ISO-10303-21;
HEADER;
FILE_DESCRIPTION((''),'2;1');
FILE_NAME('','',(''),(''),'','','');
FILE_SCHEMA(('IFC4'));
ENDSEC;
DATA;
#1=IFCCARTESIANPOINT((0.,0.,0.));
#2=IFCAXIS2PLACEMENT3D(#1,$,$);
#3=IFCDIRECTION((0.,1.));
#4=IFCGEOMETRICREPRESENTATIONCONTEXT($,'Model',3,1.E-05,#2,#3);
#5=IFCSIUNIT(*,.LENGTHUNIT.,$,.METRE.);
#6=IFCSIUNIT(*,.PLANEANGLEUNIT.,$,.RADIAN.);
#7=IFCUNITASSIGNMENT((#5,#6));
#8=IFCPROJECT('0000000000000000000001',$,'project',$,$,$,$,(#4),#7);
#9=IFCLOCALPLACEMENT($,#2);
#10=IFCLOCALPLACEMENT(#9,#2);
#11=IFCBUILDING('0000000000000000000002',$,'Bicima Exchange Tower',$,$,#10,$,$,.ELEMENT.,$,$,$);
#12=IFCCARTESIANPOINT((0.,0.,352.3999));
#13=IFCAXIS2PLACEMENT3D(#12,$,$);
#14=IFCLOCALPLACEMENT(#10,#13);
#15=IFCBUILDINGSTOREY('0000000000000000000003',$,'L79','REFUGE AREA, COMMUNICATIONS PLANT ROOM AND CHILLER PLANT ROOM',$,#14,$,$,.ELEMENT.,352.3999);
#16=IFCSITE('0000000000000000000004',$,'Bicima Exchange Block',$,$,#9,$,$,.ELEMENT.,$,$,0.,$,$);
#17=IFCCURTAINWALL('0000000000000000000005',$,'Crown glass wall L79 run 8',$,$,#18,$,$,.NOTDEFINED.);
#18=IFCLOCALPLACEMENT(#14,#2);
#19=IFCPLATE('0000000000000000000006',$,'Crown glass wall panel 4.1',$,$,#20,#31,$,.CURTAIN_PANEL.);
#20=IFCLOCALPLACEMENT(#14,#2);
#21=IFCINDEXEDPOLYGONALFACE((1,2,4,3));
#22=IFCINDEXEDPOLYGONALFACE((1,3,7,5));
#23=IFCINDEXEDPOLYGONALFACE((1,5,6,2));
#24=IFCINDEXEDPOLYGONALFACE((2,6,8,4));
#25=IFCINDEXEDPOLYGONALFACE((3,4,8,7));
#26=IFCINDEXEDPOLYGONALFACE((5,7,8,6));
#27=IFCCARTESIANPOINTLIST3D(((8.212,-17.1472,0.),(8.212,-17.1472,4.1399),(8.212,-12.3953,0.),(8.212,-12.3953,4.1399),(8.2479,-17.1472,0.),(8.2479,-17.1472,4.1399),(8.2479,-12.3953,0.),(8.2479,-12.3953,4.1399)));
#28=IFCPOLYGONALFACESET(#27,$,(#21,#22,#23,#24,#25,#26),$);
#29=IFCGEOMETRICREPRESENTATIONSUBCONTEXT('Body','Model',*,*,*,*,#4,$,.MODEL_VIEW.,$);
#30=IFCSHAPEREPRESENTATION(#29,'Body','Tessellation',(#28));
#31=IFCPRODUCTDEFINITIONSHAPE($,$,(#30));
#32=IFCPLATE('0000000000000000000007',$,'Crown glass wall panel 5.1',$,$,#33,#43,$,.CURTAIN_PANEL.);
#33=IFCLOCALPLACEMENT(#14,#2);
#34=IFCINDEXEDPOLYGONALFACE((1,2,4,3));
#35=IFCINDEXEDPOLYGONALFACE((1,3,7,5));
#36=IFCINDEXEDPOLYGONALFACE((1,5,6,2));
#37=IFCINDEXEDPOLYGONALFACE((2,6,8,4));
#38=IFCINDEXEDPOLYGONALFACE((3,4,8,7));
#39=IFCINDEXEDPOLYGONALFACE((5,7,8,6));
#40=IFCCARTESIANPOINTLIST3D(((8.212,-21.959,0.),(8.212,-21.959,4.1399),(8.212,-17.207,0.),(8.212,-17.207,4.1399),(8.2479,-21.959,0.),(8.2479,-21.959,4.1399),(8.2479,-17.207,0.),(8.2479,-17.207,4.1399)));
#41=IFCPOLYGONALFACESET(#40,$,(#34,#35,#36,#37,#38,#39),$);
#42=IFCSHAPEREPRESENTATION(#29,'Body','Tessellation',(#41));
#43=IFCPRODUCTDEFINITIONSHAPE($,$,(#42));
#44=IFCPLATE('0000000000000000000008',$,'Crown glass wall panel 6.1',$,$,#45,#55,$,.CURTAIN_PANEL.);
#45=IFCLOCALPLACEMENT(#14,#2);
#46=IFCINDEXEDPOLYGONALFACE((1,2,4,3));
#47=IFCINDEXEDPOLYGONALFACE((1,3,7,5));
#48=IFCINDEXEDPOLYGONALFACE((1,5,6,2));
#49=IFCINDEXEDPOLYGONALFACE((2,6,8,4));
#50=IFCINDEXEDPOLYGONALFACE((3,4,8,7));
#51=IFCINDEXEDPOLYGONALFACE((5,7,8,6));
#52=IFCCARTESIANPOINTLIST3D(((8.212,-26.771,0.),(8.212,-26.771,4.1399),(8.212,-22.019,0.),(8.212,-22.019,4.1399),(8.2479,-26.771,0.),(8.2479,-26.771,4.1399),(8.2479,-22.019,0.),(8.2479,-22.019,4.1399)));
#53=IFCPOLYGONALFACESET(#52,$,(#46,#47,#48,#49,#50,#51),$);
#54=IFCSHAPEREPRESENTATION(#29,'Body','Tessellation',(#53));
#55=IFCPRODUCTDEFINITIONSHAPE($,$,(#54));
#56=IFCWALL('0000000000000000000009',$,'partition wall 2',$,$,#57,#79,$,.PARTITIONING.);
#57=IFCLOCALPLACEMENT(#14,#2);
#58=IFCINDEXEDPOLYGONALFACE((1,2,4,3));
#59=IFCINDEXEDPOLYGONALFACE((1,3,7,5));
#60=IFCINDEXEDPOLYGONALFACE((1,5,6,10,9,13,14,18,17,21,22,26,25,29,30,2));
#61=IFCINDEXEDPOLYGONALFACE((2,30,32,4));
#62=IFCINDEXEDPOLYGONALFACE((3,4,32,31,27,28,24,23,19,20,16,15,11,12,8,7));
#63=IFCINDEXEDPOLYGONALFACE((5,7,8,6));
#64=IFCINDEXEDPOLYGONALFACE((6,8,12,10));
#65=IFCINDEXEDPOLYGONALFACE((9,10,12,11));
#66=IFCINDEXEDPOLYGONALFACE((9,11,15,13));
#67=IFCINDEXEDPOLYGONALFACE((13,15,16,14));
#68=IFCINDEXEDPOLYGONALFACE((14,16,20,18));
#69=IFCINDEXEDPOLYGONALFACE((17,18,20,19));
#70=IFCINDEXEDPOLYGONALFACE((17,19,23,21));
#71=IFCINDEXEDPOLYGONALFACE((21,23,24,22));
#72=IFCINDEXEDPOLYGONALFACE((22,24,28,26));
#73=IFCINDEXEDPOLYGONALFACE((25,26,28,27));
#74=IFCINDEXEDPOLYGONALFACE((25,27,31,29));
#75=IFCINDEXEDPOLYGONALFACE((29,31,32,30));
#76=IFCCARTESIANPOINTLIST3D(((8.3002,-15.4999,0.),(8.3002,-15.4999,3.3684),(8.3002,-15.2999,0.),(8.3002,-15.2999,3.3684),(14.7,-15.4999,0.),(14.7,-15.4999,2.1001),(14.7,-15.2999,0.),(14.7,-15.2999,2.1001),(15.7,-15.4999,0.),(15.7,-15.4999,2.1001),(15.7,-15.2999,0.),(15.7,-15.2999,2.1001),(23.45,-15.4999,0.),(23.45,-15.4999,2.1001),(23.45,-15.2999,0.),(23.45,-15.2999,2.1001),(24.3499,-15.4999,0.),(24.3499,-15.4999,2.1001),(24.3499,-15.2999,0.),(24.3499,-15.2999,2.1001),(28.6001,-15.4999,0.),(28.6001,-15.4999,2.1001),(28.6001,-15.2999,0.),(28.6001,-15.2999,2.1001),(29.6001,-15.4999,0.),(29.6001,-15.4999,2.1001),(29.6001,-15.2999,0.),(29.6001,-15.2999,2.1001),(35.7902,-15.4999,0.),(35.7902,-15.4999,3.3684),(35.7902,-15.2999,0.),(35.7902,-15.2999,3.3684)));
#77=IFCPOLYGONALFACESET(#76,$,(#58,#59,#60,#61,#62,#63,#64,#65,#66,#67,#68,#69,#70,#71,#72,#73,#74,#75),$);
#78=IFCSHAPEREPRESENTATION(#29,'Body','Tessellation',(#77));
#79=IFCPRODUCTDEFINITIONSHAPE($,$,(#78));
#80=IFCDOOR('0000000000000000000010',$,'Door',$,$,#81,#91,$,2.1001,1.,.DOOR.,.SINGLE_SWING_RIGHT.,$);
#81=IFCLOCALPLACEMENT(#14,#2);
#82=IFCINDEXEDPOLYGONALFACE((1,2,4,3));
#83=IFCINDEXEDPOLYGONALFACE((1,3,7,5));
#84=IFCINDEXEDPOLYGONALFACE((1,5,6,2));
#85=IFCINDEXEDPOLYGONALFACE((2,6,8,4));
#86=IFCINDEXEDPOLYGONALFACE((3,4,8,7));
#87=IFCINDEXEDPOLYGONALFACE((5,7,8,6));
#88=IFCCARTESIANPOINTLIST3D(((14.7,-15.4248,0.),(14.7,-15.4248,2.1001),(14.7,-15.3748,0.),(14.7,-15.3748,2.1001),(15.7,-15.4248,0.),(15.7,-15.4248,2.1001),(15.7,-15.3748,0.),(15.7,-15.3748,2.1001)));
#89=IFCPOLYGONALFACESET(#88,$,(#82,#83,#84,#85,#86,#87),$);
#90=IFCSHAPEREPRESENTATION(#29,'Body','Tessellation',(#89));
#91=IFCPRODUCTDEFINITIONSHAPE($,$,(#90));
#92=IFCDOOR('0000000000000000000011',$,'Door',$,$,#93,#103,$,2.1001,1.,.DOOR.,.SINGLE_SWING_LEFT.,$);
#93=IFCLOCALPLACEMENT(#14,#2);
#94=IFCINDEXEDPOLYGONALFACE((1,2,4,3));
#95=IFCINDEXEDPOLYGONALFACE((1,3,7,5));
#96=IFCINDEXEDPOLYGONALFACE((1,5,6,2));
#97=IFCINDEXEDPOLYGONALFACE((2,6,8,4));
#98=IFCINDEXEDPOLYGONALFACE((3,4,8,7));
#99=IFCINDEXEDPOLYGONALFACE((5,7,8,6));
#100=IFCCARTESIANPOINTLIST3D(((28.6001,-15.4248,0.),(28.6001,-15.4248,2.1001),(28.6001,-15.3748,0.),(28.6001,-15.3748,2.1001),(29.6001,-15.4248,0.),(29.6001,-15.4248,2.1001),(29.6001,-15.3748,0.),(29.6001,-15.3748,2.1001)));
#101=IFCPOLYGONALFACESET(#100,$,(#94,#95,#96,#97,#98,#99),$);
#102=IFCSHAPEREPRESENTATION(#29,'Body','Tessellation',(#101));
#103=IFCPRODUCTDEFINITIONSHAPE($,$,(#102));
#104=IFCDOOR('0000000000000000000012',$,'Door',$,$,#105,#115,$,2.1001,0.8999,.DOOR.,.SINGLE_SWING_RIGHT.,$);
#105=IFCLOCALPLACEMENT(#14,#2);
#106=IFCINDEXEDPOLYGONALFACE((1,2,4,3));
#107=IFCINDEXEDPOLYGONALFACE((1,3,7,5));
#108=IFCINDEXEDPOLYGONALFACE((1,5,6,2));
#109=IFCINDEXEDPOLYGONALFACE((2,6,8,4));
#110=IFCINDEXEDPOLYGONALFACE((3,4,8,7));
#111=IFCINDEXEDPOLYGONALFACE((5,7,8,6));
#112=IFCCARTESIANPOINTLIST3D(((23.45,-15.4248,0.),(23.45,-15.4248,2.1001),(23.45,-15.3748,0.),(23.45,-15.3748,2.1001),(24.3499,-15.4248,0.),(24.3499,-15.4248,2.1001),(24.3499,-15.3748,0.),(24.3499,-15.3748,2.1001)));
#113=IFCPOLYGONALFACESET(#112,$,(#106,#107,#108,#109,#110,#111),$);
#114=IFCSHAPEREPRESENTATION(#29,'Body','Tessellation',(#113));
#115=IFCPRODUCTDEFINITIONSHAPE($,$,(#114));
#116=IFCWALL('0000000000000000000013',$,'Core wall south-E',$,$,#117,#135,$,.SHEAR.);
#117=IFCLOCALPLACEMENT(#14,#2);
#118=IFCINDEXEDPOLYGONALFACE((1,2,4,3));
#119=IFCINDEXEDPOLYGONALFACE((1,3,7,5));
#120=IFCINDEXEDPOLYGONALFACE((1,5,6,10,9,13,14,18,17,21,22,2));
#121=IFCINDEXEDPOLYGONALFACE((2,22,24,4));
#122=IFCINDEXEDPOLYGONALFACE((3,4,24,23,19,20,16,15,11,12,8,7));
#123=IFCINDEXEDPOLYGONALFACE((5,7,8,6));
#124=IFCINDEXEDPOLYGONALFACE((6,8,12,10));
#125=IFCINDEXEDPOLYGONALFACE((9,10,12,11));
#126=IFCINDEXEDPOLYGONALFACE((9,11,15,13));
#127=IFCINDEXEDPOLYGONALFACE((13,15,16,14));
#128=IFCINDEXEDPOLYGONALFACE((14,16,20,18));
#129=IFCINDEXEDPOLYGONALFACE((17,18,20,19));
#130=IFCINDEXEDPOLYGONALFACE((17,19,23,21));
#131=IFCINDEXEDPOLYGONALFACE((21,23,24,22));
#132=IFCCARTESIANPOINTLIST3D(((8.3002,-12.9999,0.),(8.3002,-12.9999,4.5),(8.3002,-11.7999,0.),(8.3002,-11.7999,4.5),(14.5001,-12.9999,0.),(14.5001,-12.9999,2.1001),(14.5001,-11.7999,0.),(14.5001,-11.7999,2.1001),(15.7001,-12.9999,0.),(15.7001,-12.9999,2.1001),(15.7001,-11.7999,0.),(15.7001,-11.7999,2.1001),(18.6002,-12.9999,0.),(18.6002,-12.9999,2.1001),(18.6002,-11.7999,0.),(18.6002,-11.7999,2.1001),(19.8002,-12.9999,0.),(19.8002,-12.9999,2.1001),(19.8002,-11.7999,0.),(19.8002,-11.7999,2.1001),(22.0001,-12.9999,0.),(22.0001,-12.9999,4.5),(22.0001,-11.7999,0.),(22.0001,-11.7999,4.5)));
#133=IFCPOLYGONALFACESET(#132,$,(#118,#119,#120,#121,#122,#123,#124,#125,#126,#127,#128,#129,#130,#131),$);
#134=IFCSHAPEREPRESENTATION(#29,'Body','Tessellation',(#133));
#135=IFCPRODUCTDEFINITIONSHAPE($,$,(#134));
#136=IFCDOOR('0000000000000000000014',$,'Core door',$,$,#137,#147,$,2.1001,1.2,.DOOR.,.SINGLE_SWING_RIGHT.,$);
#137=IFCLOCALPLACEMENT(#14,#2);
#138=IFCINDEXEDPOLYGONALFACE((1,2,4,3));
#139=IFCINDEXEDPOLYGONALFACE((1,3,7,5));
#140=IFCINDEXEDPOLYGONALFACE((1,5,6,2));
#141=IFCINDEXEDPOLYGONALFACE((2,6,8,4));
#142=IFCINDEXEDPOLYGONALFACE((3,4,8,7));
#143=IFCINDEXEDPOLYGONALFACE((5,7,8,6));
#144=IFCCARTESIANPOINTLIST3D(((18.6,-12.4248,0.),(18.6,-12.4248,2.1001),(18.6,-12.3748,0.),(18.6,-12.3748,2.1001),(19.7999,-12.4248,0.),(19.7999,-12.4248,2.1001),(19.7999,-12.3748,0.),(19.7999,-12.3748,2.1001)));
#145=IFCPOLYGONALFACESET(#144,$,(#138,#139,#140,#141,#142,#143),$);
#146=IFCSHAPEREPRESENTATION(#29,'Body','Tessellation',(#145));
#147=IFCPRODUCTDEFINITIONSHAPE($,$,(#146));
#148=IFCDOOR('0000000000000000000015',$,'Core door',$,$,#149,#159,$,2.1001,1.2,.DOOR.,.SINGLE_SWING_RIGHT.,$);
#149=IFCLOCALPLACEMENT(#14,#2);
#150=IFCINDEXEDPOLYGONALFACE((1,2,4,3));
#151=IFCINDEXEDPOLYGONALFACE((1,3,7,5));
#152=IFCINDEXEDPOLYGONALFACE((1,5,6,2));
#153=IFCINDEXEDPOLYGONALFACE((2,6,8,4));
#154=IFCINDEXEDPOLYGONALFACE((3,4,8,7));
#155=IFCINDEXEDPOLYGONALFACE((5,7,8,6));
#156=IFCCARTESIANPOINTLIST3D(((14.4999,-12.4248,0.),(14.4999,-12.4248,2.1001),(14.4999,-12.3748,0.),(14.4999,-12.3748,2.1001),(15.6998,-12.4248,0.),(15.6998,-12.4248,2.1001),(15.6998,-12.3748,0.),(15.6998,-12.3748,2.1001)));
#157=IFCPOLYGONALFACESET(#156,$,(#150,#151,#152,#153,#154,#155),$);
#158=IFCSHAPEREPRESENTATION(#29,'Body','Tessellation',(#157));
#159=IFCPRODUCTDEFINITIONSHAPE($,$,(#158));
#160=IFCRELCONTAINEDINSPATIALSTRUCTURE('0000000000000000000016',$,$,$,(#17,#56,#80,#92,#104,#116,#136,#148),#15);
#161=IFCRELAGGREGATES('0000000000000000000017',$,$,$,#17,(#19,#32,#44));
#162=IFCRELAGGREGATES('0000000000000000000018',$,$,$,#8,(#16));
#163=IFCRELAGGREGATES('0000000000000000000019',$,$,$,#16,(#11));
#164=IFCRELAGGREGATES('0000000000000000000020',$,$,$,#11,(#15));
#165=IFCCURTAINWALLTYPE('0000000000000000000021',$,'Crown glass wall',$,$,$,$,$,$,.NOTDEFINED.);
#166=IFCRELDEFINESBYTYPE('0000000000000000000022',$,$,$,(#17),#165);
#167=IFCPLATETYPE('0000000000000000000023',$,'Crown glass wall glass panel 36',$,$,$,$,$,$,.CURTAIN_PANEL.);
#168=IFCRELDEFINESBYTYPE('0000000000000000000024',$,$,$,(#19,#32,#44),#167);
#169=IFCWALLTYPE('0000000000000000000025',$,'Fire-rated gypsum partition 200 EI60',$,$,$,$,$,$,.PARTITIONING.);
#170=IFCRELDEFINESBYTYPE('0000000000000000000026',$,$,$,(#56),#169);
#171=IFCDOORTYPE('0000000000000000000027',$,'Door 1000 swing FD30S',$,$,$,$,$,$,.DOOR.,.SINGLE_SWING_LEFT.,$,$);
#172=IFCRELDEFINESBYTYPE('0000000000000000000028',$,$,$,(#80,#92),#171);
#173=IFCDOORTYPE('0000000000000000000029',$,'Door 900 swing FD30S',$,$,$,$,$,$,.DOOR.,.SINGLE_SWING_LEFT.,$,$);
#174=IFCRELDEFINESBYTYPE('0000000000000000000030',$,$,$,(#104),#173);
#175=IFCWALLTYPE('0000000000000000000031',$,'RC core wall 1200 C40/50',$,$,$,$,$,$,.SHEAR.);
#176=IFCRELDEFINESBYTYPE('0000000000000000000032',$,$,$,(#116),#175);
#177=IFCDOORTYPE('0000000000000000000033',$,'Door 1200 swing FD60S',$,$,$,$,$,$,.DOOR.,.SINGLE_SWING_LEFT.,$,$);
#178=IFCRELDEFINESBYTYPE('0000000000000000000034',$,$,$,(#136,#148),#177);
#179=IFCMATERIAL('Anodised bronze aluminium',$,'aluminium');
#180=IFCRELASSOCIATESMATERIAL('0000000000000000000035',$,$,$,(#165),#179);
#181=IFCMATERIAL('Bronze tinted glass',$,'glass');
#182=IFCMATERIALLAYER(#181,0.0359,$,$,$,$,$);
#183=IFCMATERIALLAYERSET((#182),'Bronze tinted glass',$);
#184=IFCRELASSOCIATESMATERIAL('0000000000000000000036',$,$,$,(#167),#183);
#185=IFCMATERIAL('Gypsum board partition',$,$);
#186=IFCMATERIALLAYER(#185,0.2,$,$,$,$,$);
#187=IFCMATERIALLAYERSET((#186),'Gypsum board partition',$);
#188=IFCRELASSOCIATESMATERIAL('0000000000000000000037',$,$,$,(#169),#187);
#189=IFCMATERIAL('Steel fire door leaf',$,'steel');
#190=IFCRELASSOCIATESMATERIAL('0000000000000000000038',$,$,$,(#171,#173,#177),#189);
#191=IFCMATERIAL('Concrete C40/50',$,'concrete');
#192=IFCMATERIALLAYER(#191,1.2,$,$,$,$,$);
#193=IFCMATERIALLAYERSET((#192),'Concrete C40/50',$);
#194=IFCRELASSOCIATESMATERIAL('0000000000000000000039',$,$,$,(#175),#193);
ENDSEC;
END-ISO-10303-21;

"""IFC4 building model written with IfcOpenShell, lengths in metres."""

from ifc_helpers import new_model, si_unit, direction, frame, frame_2d, origin, origin_2d, place, context, subcontext, project, spatial, rectangle, extrude, material, layer, layer_set, type_object, element, fill, aggregate, save


model = new_model("IFC4")

# Units and contexts
model_context = context("Model", 3, precision=1e-05, world=origin(), true_north=direction((0.0, 1.0)))
body_context = subcontext(model_context, "Body", "Model", "MODEL_VIEW")
ifc_project = project(units=[si_unit("LENGTHUNIT", "METRE"), si_unit("PLANEANGLEUNIT", "RADIAN")], contexts=[model_context])

# Site, building, storey
site_placement = place(None, origin())
site = spatial("IfcSite", under=ifc_project, at=site_placement, Name="Bicima Exchange Block", CompositionType="ELEMENT", RefElevation=0.0)
building_placement = place(site_placement, origin())
building = spatial("IfcBuilding", under=site, at=building_placement, Name="Bicima Exchange Tower", CompositionType="ELEMENT")
storey_placement = place(building_placement, frame((0.0, 0.0, 352.3999)))
storey = spatial("IfcBuildingStorey", under=building, at=storey_placement, Name="L79", Description="REFUGE AREA, COMMUNICATIONS PLANT ROOM AND CHILLER PLANT ROOM", CompositionType="ELEMENT", Elevation=352.3999)

# Curtain wall
ifc_material_1 = material(Name="Anodised bronze aluminium", Category="aluminium")
curtain_wall_type = type_object("IfcCurtainWallType", Name="Crown glass wall", PredefinedType="NOTDEFINED", material=ifc_material_1)
curtain_wall_1_placement = place(storey_placement, origin())
curtain_wall_1 = element("IfcCurtainWall", 1, at=curtain_wall_1_placement, inside=storey, type_object=curtain_wall_type, Name="Crown glass wall L79 run 8", PredefinedType="NOTDEFINED")

# Plates
ifc_material_2 = material(Name="Bronze tinted glass", Category="glass")
ifc_layer_1 = layer(ifc_material_2, 0.0359)
ifc_layer_set_1 = layer_set([ifc_layer_1], Name="Bronze tinted glass")
plate_type = type_object("IfcPlateType", Name="Crown glass wall glass panel 36", PredefinedType="CURTAIN_PANEL", material=ifc_layer_set_1)
plate_1_placement = place(storey_placement, frame((8.23, -14.7712, 0.0), z_axis=(0.0, 0.0, 1.0), x_axis=(0.0, -1.0, 0.0)))
plate_1 = element("IfcPlate", 2, at=plate_1_placement, type_object=plate_type, Name="Crown glass wall panel 4.1", PredefinedType="CURTAIN_PANEL", context=body_context, shape_type="SweptSolid", body=[
    extrude(rectangle(XDim=4.752, YDim=0.0359, at=origin_2d()), origin(), (0.0, 0.0, 1.0), 4.1399),
])
plate_2_placement = place(storey_placement, frame((8.23, -19.583, 0.0), z_axis=(0.0, 0.0, 1.0), x_axis=(0.0, -1.0, 0.0)))
plate_2 = element("IfcPlate", 3, at=plate_2_placement, type_object=plate_type, Name="Crown glass wall panel 5.1", PredefinedType="CURTAIN_PANEL", context=body_context, shape_type="SweptSolid", body=[
    extrude(rectangle(XDim=4.752, YDim=0.0359, at=origin_2d()), origin(), (0.0, 0.0, 1.0), 4.1399),
])
plate_3_placement = place(storey_placement, frame((8.23, -24.395, 0.0), z_axis=(0.0, 0.0, 1.0), x_axis=(0.0, -1.0, 0.0)))
plate_3 = element("IfcPlate", 4, at=plate_3_placement, type_object=plate_type, Name="Crown glass wall panel 6.1", PredefinedType="CURTAIN_PANEL", context=body_context, shape_type="SweptSolid", body=[
    extrude(rectangle(XDim=4.752, YDim=0.0359, at=origin_2d()), origin(), (0.0, 0.0, 1.0), 4.1399),
])
aggregate(curtain_wall_1, [plate_1, plate_2, plate_3])

# Walls, openings, doors
ifc_material_3 = material(Name="Gypsum board partition")
ifc_layer_2 = layer(ifc_material_3, 0.2)
ifc_layer_set_2 = layer_set([ifc_layer_2], Name="Gypsum board partition")
wall_type_1 = type_object("IfcWallType", Name="Fire-rated gypsum partition 200 EI60", PredefinedType="PARTITIONING", material=ifc_layer_set_2)
wall_1_placement = place(storey_placement, frame((8.3, -15.3999, 0.0), z_axis=(0.0, 0.0, 1.0), x_axis=(1.0, 0.0, 0.0)))
wall_1 = element("IfcWall", 5, at=wall_1_placement, inside=storey, type_object=wall_type_1, Name="partition wall 2", PredefinedType="PARTITIONING", context=body_context, shape_type="SweptSolid", body=[
    extrude(rectangle(XDim=27.49, YDim=0.2, at=frame_2d((13.7451, 0.0))), origin(), (0.0, 0.0, 1.0), 3.3684),
])
opening_1_placement = place(wall_1_placement, frame((6.3999, 0.0, 0.0)))
opening_1 = element("IfcOpeningElement", 6, at=opening_1_placement, cuts=wall_1, PredefinedType="OPENING", context=body_context, shape_type="SweptSolid", body=[
    extrude(rectangle(XDim=1.0, YDim=2.1001, at=frame_2d((0.5, 1.05))), frame((0.0, 0.1118, 0.0), z_axis=(0.0, -1.0, 0.0), x_axis=(1.0, 0.0, 0.0)), (0.0, 0.0, 1.0), 0.2239),
])
opening_2_placement = place(wall_1_placement, frame((15.1499, 0.0, 0.0)))
opening_2 = element("IfcOpeningElement", 7, at=opening_2_placement, cuts=wall_1, PredefinedType="OPENING", context=body_context, shape_type="SweptSolid", body=[
    extrude(rectangle(XDim=0.8999, YDim=2.1001, at=frame_2d((0.45, 1.05))), frame((0.0, 0.1118, 0.0), z_axis=(0.0, -1.0, 0.0), x_axis=(1.0, 0.0, 0.0)), (0.0, 0.0, 1.0), 0.2239),
])
opening_3_placement = place(wall_1_placement, frame((20.3, 0.0, 0.0)))
opening_3 = element("IfcOpeningElement", 8, at=opening_3_placement, cuts=wall_1, PredefinedType="OPENING", context=body_context, shape_type="SweptSolid", body=[
    extrude(rectangle(XDim=1.0, YDim=2.1001, at=frame_2d((0.5, 1.05))), frame((0.0, 0.1118, 0.0), z_axis=(0.0, -1.0, 0.0), x_axis=(1.0, 0.0, 0.0)), (0.0, 0.0, 1.0), 0.2239),
])
ifc_material_4 = material(Name="Steel fire door leaf", Category="steel")
door_type_1 = type_object("IfcDoorType", Name="Door 1000 swing FD30S", OperationType="SINGLE_SWING_LEFT", PredefinedType="DOOR", material=ifc_material_4)
door_1_placement = place(opening_1_placement, frame((1.0, 0.0, 0.0), z_axis=(0.0, 0.0, 1.0), x_axis=(-1.0, 0.0, 0.0)))
door_1 = element("IfcDoor", 9, at=door_1_placement, inside=storey, type_object=door_type_1, Name="Door", OperationType="SINGLE_SWING_RIGHT", OverallHeight=2.1001, OverallWidth=1.0, PredefinedType="DOOR", context=body_context, shape_type="SweptSolid", body=[
    extrude(rectangle(XDim=1.0, YDim=2.1001, at=frame_2d((0.5, 1.05))), frame((0.0, 0.0249, 0.0), z_axis=(0.0, -1.0, 0.0), x_axis=(1.0, 0.0, 0.0)), (0.0, 0.0, 1.0), 0.05),
])
fill(opening_1, door_1)
door_2_placement = place(opening_3_placement, frame((1.0, 0.0, 0.0), z_axis=(0.0, 0.0, 1.0), x_axis=(-1.0, 0.0, 0.0)))
door_2 = element("IfcDoor", 10, at=door_2_placement, inside=storey, type_object=door_type_1, Name="Door", OperationType="SINGLE_SWING_LEFT", OverallHeight=2.1001, OverallWidth=1.0, PredefinedType="DOOR", context=body_context, shape_type="SweptSolid", body=[
    extrude(rectangle(XDim=1.0, YDim=2.1001, at=frame_2d((0.5, 1.05))), frame((0.0, 0.0249, 0.0), z_axis=(0.0, -1.0, 0.0), x_axis=(1.0, 0.0, 0.0)), (0.0, 0.0, 1.0), 0.05),
])
fill(opening_3, door_2)
door_type_2 = type_object("IfcDoorType", Name="Door 900 swing FD30S", OperationType="SINGLE_SWING_LEFT", PredefinedType="DOOR", material=ifc_material_4)
door_3_placement = place(opening_2_placement, frame((0.8999, 0.0, 0.0), z_axis=(0.0, 0.0, 1.0), x_axis=(-1.0, 0.0, 0.0)))
door_3 = element("IfcDoor", 11, at=door_3_placement, inside=storey, type_object=door_type_2, Name="Door", OperationType="SINGLE_SWING_RIGHT", OverallHeight=2.1001, OverallWidth=0.8999, PredefinedType="DOOR", context=body_context, shape_type="SweptSolid", body=[
    extrude(rectangle(XDim=0.8999, YDim=2.1001, at=frame_2d((0.45, 1.05))), frame((0.0, 0.0249, 0.0), z_axis=(0.0, -1.0, 0.0), x_axis=(1.0, 0.0, 0.0)), (0.0, 0.0, 1.0), 0.05),
])
fill(opening_2, door_3)
ifc_material_5 = material(Name="Concrete C40/50", Category="concrete")
ifc_layer_3 = layer(ifc_material_5, 1.2)
ifc_layer_set_3 = layer_set([ifc_layer_3], Name="Concrete C40/50")
wall_type_2 = type_object("IfcWallType", Name="RC core wall 1200 C40/50", PredefinedType="SHEAR", material=ifc_layer_set_3)
wall_2_placement = place(storey_placement, frame((8.3, -12.3999, 0.0), z_axis=(0.0, 0.0, 1.0), x_axis=(1.0, 0.0, 0.0)))
wall_2 = element("IfcWall", 12, at=wall_2_placement, inside=storey, type_object=wall_type_2, Name="Core wall south-E", PredefinedType="SHEAR", context=body_context, shape_type="SweptSolid", body=[
    extrude(rectangle(XDim=13.7, YDim=1.2, at=frame_2d((6.8501, 0.0))), origin(), (0.0, 0.0, 1.0), 4.5),
])
opening_4_placement = place(wall_2_placement, frame((10.3, 0.0, 0.0)))
opening_4 = element("IfcOpeningElement", 13, at=opening_4_placement, cuts=wall_2, PredefinedType="OPENING", context=body_context, shape_type="SweptSolid", body=[
    extrude(rectangle(XDim=1.2, YDim=2.1001, at=frame_2d((0.6001, 1.05))), frame((0.0, 0.6118, 0.0), z_axis=(0.0, -1.0, 0.0), x_axis=(1.0, 0.0, 0.0)), (0.0, 0.0, 1.0), 1.2239),
])
opening_5_placement = place(wall_2_placement, frame((6.2, 0.0, 0.0)))
opening_5 = element("IfcOpeningElement", 14, at=opening_5_placement, cuts=wall_2, PredefinedType="OPENING", context=body_context, shape_type="SweptSolid", body=[
    extrude(rectangle(XDim=1.2, YDim=2.1001, at=frame_2d((0.6001, 1.05))), frame((0.0, 0.6118, 0.0), z_axis=(0.0, -1.0, 0.0), x_axis=(1.0, 0.0, 0.0)), (0.0, 0.0, 1.0), 1.2239),
])
door_type_3 = type_object("IfcDoorType", Name="Door 1200 swing FD60S", OperationType="SINGLE_SWING_LEFT", PredefinedType="DOOR", material=ifc_material_4)
door_4_placement = place(opening_4_placement, frame((1.2, 0.0, 0.0), z_axis=(0.0, 0.0, 1.0), x_axis=(-1.0, 0.0, 0.0)))
door_4 = element("IfcDoor", 15, at=door_4_placement, inside=storey, type_object=door_type_3, Name="Core door", OperationType="SINGLE_SWING_RIGHT", OverallHeight=2.1001, OverallWidth=1.2, PredefinedType="DOOR", context=body_context, shape_type="SweptSolid", body=[
    extrude(rectangle(XDim=1.2, YDim=2.1001, at=frame_2d((0.6001, 1.05))), frame((0.0, 0.0249, 0.0), z_axis=(0.0, -1.0, 0.0), x_axis=(1.0, 0.0, 0.0)), (0.0, 0.0, 1.0), 0.05),
])
fill(opening_4, door_4)
door_5_placement = place(opening_5_placement, frame((1.2, 0.0, 0.0), z_axis=(0.0, 0.0, 1.0), x_axis=(-1.0, 0.0, 0.0)))
door_5 = element("IfcDoor", 16, at=door_5_placement, inside=storey, type_object=door_type_3, Name="Core door", OperationType="SINGLE_SWING_RIGHT", OverallHeight=2.1001, OverallWidth=1.2, PredefinedType="DOOR", context=body_context, shape_type="SweptSolid", body=[
    extrude(rectangle(XDim=1.2, YDim=2.1001, at=frame_2d((0.6001, 1.05))), frame((0.0, 0.0249, 0.0), z_axis=(0.0, -1.0, 0.0), x_axis=(1.0, 0.0, 0.0)), (0.0, 0.0, 1.0), 0.05),
])
fill(opening_5, door_5)

save(model, "model.ifc")
